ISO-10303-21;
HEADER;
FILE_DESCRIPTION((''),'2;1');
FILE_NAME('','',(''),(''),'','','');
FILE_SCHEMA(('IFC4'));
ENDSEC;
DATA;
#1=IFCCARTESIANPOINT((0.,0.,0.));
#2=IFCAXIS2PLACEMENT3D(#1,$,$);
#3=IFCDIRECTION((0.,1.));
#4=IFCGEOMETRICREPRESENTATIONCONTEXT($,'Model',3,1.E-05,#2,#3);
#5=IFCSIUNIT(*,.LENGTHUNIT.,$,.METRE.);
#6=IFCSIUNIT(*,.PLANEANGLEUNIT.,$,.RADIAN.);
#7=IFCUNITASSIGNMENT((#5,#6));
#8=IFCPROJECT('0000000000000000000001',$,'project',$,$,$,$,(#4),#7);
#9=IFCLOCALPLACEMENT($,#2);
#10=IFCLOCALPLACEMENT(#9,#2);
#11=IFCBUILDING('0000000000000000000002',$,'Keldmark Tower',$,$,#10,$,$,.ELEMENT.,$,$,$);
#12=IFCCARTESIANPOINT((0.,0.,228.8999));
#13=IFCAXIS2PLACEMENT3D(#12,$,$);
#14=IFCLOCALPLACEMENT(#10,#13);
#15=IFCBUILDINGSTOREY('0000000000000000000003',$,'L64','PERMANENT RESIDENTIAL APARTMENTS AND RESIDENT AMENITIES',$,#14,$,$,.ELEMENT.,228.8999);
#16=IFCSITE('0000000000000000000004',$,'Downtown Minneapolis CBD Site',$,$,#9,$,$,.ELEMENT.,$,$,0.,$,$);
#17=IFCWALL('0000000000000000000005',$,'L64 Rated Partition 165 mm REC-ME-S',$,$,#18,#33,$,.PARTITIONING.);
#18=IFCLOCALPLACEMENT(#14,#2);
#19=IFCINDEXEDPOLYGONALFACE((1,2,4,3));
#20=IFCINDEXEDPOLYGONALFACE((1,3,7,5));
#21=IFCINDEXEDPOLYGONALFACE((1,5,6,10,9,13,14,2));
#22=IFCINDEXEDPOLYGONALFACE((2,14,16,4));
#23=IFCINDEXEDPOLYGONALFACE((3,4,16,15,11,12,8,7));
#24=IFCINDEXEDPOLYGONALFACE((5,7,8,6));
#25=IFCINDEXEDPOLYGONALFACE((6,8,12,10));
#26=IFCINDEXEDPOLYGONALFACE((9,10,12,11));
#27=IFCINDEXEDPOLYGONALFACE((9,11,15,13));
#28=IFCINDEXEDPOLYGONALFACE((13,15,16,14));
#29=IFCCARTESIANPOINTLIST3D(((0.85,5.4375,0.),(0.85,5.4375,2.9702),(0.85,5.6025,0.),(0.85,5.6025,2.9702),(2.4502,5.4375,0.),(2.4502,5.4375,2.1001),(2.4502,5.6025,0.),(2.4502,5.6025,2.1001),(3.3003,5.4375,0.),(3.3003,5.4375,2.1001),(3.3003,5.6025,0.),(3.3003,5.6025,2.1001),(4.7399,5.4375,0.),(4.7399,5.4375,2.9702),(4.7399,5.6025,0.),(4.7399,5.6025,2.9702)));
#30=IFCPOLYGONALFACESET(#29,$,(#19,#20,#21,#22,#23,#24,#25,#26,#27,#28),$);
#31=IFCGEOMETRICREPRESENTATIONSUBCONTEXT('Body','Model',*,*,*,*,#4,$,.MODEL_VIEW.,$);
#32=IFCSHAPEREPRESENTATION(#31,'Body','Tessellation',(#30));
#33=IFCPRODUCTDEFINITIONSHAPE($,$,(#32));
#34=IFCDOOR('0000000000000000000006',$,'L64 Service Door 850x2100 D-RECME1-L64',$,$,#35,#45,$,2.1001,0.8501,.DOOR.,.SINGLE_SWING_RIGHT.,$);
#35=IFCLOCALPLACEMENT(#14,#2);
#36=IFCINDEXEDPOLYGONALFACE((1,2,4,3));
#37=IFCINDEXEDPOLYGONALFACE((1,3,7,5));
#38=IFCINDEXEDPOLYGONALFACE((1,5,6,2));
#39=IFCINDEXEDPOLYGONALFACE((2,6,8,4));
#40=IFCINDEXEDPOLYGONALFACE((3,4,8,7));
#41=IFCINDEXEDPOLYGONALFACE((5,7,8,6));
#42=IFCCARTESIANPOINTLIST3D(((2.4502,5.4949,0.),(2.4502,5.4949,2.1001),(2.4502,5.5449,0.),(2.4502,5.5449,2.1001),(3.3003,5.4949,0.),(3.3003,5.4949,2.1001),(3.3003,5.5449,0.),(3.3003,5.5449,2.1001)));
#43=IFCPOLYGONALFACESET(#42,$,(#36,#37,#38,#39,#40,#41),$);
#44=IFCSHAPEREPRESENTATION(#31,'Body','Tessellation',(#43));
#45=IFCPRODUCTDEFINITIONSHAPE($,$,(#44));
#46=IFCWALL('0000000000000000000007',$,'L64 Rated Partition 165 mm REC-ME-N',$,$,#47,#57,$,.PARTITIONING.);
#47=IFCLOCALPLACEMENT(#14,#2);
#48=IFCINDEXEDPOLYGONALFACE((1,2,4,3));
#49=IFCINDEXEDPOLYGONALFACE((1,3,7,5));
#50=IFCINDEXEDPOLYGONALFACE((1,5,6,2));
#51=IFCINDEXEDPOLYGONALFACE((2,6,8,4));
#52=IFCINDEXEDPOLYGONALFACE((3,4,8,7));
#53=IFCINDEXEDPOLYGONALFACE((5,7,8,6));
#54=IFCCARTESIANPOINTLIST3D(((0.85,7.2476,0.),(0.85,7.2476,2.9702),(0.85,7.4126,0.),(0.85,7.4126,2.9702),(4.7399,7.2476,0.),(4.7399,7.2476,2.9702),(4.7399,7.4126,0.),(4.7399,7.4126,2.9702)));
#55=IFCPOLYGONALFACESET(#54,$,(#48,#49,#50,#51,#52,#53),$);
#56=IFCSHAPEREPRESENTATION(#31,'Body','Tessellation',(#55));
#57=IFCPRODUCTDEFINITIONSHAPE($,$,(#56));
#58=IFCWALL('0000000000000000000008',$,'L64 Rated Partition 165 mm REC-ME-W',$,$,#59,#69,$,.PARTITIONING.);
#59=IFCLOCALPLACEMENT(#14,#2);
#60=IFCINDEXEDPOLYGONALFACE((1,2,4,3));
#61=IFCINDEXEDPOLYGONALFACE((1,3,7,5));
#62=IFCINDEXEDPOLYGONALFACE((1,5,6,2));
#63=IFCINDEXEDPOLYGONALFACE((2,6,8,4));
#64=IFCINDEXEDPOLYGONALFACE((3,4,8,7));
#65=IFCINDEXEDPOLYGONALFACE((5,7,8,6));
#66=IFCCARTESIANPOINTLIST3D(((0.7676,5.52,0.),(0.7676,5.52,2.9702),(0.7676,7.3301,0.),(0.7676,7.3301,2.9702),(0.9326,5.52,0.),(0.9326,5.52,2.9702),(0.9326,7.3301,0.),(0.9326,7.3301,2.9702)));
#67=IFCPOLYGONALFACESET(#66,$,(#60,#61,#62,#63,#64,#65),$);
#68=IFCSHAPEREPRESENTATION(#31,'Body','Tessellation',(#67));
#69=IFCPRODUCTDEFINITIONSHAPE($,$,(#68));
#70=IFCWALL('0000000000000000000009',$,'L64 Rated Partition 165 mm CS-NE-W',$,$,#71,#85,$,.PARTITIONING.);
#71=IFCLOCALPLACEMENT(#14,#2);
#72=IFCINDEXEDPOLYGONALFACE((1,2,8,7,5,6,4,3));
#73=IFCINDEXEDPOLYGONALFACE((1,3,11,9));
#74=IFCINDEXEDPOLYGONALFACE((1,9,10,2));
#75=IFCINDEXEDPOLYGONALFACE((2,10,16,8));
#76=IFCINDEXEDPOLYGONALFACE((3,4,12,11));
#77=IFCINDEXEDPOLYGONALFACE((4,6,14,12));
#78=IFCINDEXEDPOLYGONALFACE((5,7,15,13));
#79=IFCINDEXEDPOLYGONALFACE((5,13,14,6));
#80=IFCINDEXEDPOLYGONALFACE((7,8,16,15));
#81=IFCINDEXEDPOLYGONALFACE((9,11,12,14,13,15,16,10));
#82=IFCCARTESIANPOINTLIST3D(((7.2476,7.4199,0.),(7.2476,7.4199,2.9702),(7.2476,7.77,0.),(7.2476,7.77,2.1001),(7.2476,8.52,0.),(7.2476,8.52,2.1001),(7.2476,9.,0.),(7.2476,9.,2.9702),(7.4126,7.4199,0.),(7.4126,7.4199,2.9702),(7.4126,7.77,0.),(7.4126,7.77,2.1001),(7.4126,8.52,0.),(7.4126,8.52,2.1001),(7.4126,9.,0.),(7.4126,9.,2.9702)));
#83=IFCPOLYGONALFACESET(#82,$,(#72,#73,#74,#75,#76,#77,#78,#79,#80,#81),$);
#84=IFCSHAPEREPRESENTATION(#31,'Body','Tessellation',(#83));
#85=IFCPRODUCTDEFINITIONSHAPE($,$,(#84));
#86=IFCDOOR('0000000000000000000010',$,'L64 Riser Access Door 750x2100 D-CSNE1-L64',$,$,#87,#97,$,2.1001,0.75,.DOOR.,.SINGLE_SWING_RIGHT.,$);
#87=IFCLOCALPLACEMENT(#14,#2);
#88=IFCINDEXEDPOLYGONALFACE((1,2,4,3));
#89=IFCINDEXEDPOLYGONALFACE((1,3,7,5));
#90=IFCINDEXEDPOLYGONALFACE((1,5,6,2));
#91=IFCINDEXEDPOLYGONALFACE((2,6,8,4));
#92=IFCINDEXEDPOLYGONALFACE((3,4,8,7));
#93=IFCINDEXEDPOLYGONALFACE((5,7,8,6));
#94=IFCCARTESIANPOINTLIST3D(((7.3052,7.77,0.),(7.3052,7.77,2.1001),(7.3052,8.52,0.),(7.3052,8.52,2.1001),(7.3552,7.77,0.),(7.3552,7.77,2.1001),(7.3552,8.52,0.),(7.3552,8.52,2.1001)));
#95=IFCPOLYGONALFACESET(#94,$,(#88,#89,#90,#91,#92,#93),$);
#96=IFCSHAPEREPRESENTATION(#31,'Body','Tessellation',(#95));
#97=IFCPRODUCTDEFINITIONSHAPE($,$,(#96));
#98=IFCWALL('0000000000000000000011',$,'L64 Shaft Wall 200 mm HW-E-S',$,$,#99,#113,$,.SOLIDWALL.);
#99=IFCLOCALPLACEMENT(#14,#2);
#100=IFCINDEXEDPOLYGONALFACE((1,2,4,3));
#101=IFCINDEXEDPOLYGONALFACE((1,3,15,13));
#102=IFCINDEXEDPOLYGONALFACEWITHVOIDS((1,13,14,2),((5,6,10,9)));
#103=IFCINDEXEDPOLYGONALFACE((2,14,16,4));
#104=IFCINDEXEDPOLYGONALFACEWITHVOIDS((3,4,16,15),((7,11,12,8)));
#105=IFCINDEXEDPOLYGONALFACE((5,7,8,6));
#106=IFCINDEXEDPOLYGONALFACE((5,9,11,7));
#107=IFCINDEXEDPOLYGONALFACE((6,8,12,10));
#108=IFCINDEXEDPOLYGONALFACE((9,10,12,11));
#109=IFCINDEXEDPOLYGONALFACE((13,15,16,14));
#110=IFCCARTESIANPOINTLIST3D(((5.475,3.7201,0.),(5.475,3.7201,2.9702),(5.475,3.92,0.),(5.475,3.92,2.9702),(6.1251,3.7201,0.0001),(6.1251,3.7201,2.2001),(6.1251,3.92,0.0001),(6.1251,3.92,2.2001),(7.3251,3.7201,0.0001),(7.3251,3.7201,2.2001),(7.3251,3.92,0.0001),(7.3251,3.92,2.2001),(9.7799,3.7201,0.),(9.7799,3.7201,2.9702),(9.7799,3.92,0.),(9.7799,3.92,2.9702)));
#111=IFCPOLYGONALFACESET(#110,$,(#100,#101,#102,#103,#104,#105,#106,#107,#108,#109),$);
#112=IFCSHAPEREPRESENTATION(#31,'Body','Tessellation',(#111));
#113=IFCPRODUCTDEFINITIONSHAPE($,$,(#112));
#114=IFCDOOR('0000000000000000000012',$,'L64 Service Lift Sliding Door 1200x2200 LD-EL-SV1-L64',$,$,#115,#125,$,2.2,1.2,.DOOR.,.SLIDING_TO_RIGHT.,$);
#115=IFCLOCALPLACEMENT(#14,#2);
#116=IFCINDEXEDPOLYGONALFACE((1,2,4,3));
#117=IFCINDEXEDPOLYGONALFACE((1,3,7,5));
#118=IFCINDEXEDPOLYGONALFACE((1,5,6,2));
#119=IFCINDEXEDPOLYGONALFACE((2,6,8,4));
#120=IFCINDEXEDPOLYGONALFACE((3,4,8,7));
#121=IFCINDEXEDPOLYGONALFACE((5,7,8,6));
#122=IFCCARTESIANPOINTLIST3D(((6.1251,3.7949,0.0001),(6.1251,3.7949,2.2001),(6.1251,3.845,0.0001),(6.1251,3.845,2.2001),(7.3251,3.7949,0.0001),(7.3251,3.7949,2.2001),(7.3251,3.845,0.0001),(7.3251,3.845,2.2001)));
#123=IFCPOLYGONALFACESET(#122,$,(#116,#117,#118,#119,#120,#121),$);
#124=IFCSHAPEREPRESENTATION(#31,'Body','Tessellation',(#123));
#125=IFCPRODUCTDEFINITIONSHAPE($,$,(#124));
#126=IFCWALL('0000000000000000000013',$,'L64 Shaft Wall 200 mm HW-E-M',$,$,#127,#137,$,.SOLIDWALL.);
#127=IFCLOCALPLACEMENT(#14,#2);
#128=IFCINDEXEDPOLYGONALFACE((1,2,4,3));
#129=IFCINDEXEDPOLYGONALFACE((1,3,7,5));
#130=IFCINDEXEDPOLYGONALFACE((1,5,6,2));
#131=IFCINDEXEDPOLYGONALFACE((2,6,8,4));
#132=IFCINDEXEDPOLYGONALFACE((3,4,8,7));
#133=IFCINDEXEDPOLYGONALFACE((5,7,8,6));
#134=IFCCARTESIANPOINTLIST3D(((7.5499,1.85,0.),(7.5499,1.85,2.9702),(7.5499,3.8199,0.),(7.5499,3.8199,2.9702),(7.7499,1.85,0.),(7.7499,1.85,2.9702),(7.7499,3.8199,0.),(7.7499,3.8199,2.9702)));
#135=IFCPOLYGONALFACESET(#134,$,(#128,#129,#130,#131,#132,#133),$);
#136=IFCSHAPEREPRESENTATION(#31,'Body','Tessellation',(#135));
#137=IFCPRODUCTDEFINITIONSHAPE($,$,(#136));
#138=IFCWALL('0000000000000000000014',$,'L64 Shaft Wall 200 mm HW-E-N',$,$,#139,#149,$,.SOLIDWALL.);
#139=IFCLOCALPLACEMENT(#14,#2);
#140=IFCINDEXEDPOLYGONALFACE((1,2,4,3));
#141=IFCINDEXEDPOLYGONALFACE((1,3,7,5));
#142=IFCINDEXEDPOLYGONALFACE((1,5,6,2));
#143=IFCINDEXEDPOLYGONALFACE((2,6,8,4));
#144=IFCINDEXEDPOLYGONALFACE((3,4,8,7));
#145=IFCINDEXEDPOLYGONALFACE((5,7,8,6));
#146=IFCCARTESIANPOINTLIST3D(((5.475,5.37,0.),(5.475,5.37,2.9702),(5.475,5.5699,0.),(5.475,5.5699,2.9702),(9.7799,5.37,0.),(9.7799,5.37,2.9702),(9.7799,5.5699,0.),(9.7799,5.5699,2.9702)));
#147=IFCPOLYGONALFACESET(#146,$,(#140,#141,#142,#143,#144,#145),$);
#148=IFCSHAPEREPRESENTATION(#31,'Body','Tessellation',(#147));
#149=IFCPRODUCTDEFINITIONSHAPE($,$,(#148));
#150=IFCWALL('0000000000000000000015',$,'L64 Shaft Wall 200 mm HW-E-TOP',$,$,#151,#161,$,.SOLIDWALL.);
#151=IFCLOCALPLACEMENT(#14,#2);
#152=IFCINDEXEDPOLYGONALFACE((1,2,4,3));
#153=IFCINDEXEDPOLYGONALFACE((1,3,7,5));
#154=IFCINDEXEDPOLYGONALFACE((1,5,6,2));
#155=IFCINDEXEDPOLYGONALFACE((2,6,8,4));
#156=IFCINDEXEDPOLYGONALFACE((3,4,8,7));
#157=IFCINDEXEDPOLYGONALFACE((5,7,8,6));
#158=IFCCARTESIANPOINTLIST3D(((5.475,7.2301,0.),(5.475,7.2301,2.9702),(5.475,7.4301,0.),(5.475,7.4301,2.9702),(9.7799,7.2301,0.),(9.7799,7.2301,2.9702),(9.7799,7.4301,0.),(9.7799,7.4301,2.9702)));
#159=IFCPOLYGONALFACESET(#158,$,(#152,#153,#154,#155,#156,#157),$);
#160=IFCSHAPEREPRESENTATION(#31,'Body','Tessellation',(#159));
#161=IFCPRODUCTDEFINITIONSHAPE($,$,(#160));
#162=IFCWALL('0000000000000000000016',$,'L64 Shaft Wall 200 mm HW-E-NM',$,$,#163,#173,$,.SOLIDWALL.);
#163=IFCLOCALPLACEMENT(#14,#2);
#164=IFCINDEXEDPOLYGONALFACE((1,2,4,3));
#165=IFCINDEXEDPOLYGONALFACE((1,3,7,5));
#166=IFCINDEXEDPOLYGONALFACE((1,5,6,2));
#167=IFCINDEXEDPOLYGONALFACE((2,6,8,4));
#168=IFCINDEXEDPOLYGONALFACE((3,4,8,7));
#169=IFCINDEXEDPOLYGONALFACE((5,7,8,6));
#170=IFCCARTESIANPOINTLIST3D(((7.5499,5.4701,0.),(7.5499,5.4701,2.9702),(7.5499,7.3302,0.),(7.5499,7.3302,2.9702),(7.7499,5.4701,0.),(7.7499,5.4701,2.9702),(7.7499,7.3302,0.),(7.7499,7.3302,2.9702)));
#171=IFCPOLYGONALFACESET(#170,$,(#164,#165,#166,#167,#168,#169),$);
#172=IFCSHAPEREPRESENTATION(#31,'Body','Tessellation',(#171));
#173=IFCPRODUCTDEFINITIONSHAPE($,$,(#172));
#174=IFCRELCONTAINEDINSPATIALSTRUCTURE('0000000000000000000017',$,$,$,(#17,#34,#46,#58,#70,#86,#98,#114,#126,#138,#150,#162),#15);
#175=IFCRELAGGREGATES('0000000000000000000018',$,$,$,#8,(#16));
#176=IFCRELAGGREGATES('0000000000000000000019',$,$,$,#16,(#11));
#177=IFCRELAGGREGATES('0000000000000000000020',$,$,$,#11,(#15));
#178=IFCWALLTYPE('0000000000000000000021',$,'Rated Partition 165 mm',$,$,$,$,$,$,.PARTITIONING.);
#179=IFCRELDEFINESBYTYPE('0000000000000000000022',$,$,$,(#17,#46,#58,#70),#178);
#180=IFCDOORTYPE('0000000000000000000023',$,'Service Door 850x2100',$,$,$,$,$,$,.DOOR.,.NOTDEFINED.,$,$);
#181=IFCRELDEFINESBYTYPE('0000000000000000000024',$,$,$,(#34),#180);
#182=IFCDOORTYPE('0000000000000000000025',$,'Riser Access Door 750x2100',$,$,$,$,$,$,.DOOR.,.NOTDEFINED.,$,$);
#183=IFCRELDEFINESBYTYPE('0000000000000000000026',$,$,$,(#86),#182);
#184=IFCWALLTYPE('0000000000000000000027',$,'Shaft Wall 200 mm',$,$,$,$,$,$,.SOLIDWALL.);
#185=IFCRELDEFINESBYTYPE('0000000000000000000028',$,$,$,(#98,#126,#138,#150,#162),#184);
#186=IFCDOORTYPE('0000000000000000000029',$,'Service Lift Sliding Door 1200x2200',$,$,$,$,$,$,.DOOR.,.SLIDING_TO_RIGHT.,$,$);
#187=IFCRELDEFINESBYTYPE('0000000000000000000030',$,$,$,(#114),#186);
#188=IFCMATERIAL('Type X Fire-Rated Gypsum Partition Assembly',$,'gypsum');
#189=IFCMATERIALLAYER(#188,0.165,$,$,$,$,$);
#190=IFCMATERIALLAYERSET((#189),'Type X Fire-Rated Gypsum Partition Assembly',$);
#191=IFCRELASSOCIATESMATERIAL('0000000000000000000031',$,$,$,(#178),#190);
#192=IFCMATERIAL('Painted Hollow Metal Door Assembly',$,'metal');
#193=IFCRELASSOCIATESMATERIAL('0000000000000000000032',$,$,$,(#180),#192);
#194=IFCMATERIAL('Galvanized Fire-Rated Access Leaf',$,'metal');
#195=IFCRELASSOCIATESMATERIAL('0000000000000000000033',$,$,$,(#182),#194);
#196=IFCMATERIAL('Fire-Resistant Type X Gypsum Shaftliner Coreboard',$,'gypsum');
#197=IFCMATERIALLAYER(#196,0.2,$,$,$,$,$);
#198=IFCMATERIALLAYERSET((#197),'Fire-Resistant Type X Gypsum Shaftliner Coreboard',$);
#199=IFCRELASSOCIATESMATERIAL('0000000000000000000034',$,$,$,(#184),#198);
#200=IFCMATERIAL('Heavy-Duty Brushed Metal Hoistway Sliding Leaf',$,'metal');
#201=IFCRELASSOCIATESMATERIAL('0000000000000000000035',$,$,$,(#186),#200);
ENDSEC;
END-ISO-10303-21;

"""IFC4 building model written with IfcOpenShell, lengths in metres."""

from ifc_helpers import new_model, si_unit, direction, frame, frame_2d, origin, place, context, subcontext, project, spatial, rectangle, extrude, material, layer, layer_set, type_object, element, fill, save


model = new_model("IFC4")

# Units and contexts
model_context = context("Model", 3, precision=1e-05, world=origin(), true_north=direction((0.0, 1.0)))
body_context = subcontext(model_context, "Body", "Model", "MODEL_VIEW")
ifc_project = project(units=[si_unit("LENGTHUNIT", "METRE"), si_unit("PLANEANGLEUNIT", "RADIAN")], contexts=[model_context])

# Site, building, storey
site_placement = place(None, origin())
site = spatial("IfcSite", under=ifc_project, at=site_placement, Name="Downtown Minneapolis CBD Site", CompositionType="ELEMENT", RefElevation=0.0)
building_placement = place(site_placement, origin())
building = spatial("IfcBuilding", under=site, at=building_placement, Name="Keldmark Tower", CompositionType="ELEMENT")
storey_placement = place(building_placement, frame((0.0, 0.0, 228.8999)))
storey = spatial("IfcBuildingStorey", under=building, at=storey_placement, Name="L64", Description="PERMANENT RESIDENTIAL APARTMENTS AND RESIDENT AMENITIES", CompositionType="ELEMENT", Elevation=228.8999)

# Shared definitions
ifc_material_1 = material(Name="Type X Fire-Rated Gypsum Partition Assembly", Category="gypsum")
ifc_layer_1 = layer(ifc_material_1, 0.165)
ifc_layer_set_1 = layer_set([ifc_layer_1], Name="Type X Fire-Rated Gypsum Partition Assembly")
wall_type_1 = type_object("IfcWallType", Name="Rated Partition 165 mm", PredefinedType="PARTITIONING", material=ifc_layer_set_1)

# Shared definitions
ifc_material_2 = material(Name="Painted Hollow Metal Door Assembly", Category="metal")
door_type_1 = type_object("IfcDoorType", Name="Service Door 850x2100", OperationType="NOTDEFINED", PredefinedType="DOOR", material=ifc_material_2)

# Wall, opening, door
wall_1_placement = place(storey_placement, frame((0.8501, 5.52, 0.0), z_axis=(0.0, 0.0, 1.0), x_axis=(1.0, 0.0, 0.0)))
wall_1 = element("IfcWall", 1, at=wall_1_placement, inside=storey, type_object=wall_type_1, Name="L64 Rated Partition 165 mm REC-ME-S", PredefinedType="PARTITIONING", context=body_context, shape_type="SweptSolid", body=[
    extrude(rectangle(XDim=3.8899, YDim=0.165, at=frame_2d((1.9448, 0.0))), origin(), (0.0, 0.0, 1.0), 2.9702),
])
opening_1_placement = place(wall_1_placement, frame((1.6001, 0.0, 0.0)))
opening_1 = element("IfcOpeningElement", 2, at=opening_1_placement, cuts=wall_1, PredefinedType="OPENING", context=body_context, shape_type="SweptSolid", body=[
    extrude(rectangle(XDim=0.8501, YDim=2.1001, at=frame_2d((0.425, 1.05))), frame((0.0, 0.0925, 0.0), z_axis=(0.0, -1.0, 0.0), x_axis=(1.0, 0.0, 0.0)), (0.0, 0.0, 1.0), 0.1851),
])
door_1_placement = place(opening_1_placement, origin())
door_1 = element("IfcDoor", 3, at=door_1_placement, inside=storey, type_object=door_type_1, Name="L64 Service Door 850x2100 D-RECME1-L64", OperationType="SINGLE_SWING_RIGHT", OverallHeight=2.1001, OverallWidth=0.8501, PredefinedType="DOOR", context=body_context, shape_type="SweptSolid", body=[
    extrude(rectangle(XDim=0.8501, YDim=2.1001, at=frame_2d((0.425, 1.05))), frame((0.0, 0.0249, 0.0), z_axis=(0.0, -1.0, 0.0), x_axis=(1.0, 0.0, 0.0)), (0.0, 0.0, 1.0), 0.05),
])
fill(opening_1, door_1)

# Walls
wall_2_placement = place(storey_placement, frame((0.8501, 7.3301, 0.0), z_axis=(0.0, 0.0, 1.0), x_axis=(1.0, 0.0, 0.0)))
element("IfcWall", 4, at=wall_2_placement, inside=storey, type_object=wall_type_1, Name="L64 Rated Partition 165 mm REC-ME-N", PredefinedType="PARTITIONING", context=body_context, shape_type="SweptSolid", body=[
    extrude(rectangle(XDim=3.8899, YDim=0.165, at=frame_2d((1.9448, 0.0))), origin(), (0.0, 0.0, 1.0), 2.9702),
])
wall_3_placement = place(storey_placement, frame((0.8501, 5.52, 0.0), z_axis=(0.0, 0.0, 1.0), x_axis=(0.0, 1.0, 0.0)))
element("IfcWall", 5, at=wall_3_placement, inside=storey, type_object=wall_type_1, Name="L64 Rated Partition 165 mm REC-ME-W", PredefinedType="PARTITIONING", context=body_context, shape_type="SweptSolid", body=[
    extrude(rectangle(XDim=1.8101, YDim=0.165, at=frame_2d((0.905, 0.0))), origin(), (0.0, 0.0, 1.0), 2.9702),
])

# Walls, openings, doors
wall_4_placement = place(storey_placement, frame((7.3301, 7.4199, 0.0), z_axis=(0.0, 0.0, 1.0), x_axis=(0.0, 1.0, 0.0)))
wall_4 = element("IfcWall", 6, at=wall_4_placement, inside=storey, type_object=wall_type_1, Name="L64 Rated Partition 165 mm CS-NE-W", PredefinedType="PARTITIONING", context=body_context, shape_type="SweptSolid", body=[
    extrude(rectangle(XDim=1.5801, YDim=0.165, at=frame_2d((0.79, 0.0))), origin(), (0.0, 0.0, 1.0), 2.9702),
])
opening_2_placement = place(wall_4_placement, frame((0.3501, 0.0, 0.0)))
opening_2 = element("IfcOpeningElement", 7, at=opening_2_placement, cuts=wall_4, PredefinedType="OPENING", context=body_context, shape_type="SweptSolid", body=[
    extrude(rectangle(XDim=0.75, YDim=2.1001, at=frame_2d((0.375, 1.05))), frame((0.0, 0.0925, 0.0), z_axis=(0.0, -1.0, 0.0), x_axis=(1.0, 0.0, 0.0)), (0.0, 0.0, 1.0), 0.1851),
])
ifc_material_3 = material(Name="Galvanized Fire-Rated Access Leaf", Category="metal")
door_type_2 = type_object("IfcDoorType", Name="Riser Access Door 750x2100", OperationType="NOTDEFINED", PredefinedType="DOOR", material=ifc_material_3)
door_2_placement = place(opening_2_placement, origin())
door_2 = element("IfcDoor", 8, at=door_2_placement, inside=storey, type_object=door_type_2, Name="L64 Riser Access Door 750x2100 D-CSNE1-L64", OperationType="SINGLE_SWING_RIGHT", OverallHeight=2.1001, OverallWidth=0.75, PredefinedType="DOOR", context=body_context, shape_type="SweptSolid", body=[
    extrude(rectangle(XDim=0.75, YDim=2.1001, at=frame_2d((0.375, 1.05))), frame((0.0, 0.0249, 0.0), z_axis=(0.0, -1.0, 0.0), x_axis=(1.0, 0.0, 0.0)), (0.0, 0.0, 1.0), 0.05),
])
fill(opening_2, door_2)
ifc_material_4 = material(Name="Fire-Resistant Type X Gypsum Shaftliner Coreboard", Category="gypsum")
ifc_layer_2 = layer(ifc_material_4, 0.2)
ifc_layer_set_2 = layer_set([ifc_layer_2], Name="Fire-Resistant Type X Gypsum Shaftliner Coreboard")
wall_type_2 = type_object("IfcWallType", Name="Shaft Wall 200 mm", PredefinedType="SOLIDWALL", material=ifc_layer_set_2)
wall_5_placement = place(storey_placement, frame((5.4751, 3.8201, 0.0), z_axis=(0.0, 0.0, 1.0), x_axis=(1.0, 0.0, 0.0)))
wall_5 = element("IfcWall", 9, at=wall_5_placement, inside=storey, type_object=wall_type_2, Name="L64 Shaft Wall 200 mm HW-E-S", PredefinedType="SOLIDWALL", context=body_context, shape_type="SweptSolid", body=[
    extrude(rectangle(XDim=4.3049, YDim=0.2, at=frame_2d((2.1523, 0.0))), origin(), (0.0, 0.0, 1.0), 2.9702),
])
opening_3_placement = place(wall_5_placement, frame((0.6499, 0.0, 0.0)))
opening_3 = element("IfcOpeningElement", 10, at=opening_3_placement, cuts=wall_5, PredefinedType="OPENING", context=body_context, shape_type="SweptSolid", body=[
    extrude(rectangle(XDim=1.2, YDim=2.2, at=frame_2d((0.6001, 1.1001))), frame((0.0, 0.1099, 0.0), z_axis=(0.0, -1.0, 0.0), x_axis=(1.0, 0.0, 0.0)), (0.0, 0.0, 1.0), 0.22),
])
ifc_material_5 = material(Name="Heavy-Duty Brushed Metal Hoistway Sliding Leaf", Category="metal")
door_type_3 = type_object("IfcDoorType", Name="Service Lift Sliding Door 1200x2200", OperationType="SLIDING_TO_RIGHT", PredefinedType="DOOR", material=ifc_material_5)
door_3_placement = place(opening_3_placement, origin())
door_3 = element("IfcDoor", 11, at=door_3_placement, inside=storey, type_object=door_type_3, Name="L64 Service Lift Sliding Door 1200x2200 LD-EL-SV1-L64", OperationType="SLIDING_TO_RIGHT", OverallHeight=2.2, OverallWidth=1.2, PredefinedType="DOOR", context=body_context, shape_type="SweptSolid", body=[
    extrude(rectangle(XDim=1.2, YDim=2.2, at=frame_2d((0.6001, 1.1001))), frame((0.0, 0.0249, 0.0), z_axis=(0.0, -1.0, 0.0), x_axis=(1.0, 0.0, 0.0)), (0.0, 0.0, 1.0), 0.05),
])
fill(opening_3, door_3)

# Walls
wall_6_placement = place(storey_placement, frame((7.6499, 1.8501, 0.0), z_axis=(0.0, 0.0, 1.0), x_axis=(0.0, 1.0, 0.0)))
element("IfcWall", 12, at=wall_6_placement, inside=storey, type_object=wall_type_2, Name="L64 Shaft Wall 200 mm HW-E-M", PredefinedType="SOLIDWALL", context=body_context, shape_type="SweptSolid", body=[
    extrude(rectangle(XDim=1.97, YDim=0.2, at=frame_2d((0.9849, 0.0))), origin(), (0.0, 0.0, 1.0), 2.9702),
])
for number, where, z_axis, x_axis, name in (
    (13, (5.4751, 5.47, 0.0), (0.0, 0.0, 1.0), (1.0, 0.0, 0.0), "L64 Shaft Wall 200 mm HW-E-N"),
    (14, (5.4751, 7.3301, 0.0), (0.0, 0.0, 1.0), (1.0, 0.0, 0.0), "L64 Shaft Wall 200 mm HW-E-TOP"),
):
    element("IfcWall", number, at=place(storey_placement, frame(where, z_axis=z_axis, x_axis=x_axis)), inside=storey, type_object=wall_type_2, Name=name, PredefinedType="SOLIDWALL", context=body_context, shape_type="SweptSolid", body=[
        extrude(rectangle(XDim=4.3049, YDim=0.2, at=frame_2d((2.1523, 0.0))), origin(), (0.0, 0.0, 1.0), 2.9702),
    ])
wall_7_placement = place(storey_placement, frame((7.6499, 5.47, 0.0), z_axis=(0.0, 0.0, 1.0), x_axis=(0.0, 1.0, 0.0)))
element("IfcWall", 15, at=wall_7_placement, inside=storey, type_object=wall_type_2, Name="L64 Shaft Wall 200 mm HW-E-NM", PredefinedType="SOLIDWALL", context=body_context, shape_type="SweptSolid", body=[
    extrude(rectangle(XDim=1.8601, YDim=0.2, at=frame_2d((0.9302, 0.0))), origin(), (0.0, 0.0, 1.0), 2.9702),
])

save(model, "model.ifc")
